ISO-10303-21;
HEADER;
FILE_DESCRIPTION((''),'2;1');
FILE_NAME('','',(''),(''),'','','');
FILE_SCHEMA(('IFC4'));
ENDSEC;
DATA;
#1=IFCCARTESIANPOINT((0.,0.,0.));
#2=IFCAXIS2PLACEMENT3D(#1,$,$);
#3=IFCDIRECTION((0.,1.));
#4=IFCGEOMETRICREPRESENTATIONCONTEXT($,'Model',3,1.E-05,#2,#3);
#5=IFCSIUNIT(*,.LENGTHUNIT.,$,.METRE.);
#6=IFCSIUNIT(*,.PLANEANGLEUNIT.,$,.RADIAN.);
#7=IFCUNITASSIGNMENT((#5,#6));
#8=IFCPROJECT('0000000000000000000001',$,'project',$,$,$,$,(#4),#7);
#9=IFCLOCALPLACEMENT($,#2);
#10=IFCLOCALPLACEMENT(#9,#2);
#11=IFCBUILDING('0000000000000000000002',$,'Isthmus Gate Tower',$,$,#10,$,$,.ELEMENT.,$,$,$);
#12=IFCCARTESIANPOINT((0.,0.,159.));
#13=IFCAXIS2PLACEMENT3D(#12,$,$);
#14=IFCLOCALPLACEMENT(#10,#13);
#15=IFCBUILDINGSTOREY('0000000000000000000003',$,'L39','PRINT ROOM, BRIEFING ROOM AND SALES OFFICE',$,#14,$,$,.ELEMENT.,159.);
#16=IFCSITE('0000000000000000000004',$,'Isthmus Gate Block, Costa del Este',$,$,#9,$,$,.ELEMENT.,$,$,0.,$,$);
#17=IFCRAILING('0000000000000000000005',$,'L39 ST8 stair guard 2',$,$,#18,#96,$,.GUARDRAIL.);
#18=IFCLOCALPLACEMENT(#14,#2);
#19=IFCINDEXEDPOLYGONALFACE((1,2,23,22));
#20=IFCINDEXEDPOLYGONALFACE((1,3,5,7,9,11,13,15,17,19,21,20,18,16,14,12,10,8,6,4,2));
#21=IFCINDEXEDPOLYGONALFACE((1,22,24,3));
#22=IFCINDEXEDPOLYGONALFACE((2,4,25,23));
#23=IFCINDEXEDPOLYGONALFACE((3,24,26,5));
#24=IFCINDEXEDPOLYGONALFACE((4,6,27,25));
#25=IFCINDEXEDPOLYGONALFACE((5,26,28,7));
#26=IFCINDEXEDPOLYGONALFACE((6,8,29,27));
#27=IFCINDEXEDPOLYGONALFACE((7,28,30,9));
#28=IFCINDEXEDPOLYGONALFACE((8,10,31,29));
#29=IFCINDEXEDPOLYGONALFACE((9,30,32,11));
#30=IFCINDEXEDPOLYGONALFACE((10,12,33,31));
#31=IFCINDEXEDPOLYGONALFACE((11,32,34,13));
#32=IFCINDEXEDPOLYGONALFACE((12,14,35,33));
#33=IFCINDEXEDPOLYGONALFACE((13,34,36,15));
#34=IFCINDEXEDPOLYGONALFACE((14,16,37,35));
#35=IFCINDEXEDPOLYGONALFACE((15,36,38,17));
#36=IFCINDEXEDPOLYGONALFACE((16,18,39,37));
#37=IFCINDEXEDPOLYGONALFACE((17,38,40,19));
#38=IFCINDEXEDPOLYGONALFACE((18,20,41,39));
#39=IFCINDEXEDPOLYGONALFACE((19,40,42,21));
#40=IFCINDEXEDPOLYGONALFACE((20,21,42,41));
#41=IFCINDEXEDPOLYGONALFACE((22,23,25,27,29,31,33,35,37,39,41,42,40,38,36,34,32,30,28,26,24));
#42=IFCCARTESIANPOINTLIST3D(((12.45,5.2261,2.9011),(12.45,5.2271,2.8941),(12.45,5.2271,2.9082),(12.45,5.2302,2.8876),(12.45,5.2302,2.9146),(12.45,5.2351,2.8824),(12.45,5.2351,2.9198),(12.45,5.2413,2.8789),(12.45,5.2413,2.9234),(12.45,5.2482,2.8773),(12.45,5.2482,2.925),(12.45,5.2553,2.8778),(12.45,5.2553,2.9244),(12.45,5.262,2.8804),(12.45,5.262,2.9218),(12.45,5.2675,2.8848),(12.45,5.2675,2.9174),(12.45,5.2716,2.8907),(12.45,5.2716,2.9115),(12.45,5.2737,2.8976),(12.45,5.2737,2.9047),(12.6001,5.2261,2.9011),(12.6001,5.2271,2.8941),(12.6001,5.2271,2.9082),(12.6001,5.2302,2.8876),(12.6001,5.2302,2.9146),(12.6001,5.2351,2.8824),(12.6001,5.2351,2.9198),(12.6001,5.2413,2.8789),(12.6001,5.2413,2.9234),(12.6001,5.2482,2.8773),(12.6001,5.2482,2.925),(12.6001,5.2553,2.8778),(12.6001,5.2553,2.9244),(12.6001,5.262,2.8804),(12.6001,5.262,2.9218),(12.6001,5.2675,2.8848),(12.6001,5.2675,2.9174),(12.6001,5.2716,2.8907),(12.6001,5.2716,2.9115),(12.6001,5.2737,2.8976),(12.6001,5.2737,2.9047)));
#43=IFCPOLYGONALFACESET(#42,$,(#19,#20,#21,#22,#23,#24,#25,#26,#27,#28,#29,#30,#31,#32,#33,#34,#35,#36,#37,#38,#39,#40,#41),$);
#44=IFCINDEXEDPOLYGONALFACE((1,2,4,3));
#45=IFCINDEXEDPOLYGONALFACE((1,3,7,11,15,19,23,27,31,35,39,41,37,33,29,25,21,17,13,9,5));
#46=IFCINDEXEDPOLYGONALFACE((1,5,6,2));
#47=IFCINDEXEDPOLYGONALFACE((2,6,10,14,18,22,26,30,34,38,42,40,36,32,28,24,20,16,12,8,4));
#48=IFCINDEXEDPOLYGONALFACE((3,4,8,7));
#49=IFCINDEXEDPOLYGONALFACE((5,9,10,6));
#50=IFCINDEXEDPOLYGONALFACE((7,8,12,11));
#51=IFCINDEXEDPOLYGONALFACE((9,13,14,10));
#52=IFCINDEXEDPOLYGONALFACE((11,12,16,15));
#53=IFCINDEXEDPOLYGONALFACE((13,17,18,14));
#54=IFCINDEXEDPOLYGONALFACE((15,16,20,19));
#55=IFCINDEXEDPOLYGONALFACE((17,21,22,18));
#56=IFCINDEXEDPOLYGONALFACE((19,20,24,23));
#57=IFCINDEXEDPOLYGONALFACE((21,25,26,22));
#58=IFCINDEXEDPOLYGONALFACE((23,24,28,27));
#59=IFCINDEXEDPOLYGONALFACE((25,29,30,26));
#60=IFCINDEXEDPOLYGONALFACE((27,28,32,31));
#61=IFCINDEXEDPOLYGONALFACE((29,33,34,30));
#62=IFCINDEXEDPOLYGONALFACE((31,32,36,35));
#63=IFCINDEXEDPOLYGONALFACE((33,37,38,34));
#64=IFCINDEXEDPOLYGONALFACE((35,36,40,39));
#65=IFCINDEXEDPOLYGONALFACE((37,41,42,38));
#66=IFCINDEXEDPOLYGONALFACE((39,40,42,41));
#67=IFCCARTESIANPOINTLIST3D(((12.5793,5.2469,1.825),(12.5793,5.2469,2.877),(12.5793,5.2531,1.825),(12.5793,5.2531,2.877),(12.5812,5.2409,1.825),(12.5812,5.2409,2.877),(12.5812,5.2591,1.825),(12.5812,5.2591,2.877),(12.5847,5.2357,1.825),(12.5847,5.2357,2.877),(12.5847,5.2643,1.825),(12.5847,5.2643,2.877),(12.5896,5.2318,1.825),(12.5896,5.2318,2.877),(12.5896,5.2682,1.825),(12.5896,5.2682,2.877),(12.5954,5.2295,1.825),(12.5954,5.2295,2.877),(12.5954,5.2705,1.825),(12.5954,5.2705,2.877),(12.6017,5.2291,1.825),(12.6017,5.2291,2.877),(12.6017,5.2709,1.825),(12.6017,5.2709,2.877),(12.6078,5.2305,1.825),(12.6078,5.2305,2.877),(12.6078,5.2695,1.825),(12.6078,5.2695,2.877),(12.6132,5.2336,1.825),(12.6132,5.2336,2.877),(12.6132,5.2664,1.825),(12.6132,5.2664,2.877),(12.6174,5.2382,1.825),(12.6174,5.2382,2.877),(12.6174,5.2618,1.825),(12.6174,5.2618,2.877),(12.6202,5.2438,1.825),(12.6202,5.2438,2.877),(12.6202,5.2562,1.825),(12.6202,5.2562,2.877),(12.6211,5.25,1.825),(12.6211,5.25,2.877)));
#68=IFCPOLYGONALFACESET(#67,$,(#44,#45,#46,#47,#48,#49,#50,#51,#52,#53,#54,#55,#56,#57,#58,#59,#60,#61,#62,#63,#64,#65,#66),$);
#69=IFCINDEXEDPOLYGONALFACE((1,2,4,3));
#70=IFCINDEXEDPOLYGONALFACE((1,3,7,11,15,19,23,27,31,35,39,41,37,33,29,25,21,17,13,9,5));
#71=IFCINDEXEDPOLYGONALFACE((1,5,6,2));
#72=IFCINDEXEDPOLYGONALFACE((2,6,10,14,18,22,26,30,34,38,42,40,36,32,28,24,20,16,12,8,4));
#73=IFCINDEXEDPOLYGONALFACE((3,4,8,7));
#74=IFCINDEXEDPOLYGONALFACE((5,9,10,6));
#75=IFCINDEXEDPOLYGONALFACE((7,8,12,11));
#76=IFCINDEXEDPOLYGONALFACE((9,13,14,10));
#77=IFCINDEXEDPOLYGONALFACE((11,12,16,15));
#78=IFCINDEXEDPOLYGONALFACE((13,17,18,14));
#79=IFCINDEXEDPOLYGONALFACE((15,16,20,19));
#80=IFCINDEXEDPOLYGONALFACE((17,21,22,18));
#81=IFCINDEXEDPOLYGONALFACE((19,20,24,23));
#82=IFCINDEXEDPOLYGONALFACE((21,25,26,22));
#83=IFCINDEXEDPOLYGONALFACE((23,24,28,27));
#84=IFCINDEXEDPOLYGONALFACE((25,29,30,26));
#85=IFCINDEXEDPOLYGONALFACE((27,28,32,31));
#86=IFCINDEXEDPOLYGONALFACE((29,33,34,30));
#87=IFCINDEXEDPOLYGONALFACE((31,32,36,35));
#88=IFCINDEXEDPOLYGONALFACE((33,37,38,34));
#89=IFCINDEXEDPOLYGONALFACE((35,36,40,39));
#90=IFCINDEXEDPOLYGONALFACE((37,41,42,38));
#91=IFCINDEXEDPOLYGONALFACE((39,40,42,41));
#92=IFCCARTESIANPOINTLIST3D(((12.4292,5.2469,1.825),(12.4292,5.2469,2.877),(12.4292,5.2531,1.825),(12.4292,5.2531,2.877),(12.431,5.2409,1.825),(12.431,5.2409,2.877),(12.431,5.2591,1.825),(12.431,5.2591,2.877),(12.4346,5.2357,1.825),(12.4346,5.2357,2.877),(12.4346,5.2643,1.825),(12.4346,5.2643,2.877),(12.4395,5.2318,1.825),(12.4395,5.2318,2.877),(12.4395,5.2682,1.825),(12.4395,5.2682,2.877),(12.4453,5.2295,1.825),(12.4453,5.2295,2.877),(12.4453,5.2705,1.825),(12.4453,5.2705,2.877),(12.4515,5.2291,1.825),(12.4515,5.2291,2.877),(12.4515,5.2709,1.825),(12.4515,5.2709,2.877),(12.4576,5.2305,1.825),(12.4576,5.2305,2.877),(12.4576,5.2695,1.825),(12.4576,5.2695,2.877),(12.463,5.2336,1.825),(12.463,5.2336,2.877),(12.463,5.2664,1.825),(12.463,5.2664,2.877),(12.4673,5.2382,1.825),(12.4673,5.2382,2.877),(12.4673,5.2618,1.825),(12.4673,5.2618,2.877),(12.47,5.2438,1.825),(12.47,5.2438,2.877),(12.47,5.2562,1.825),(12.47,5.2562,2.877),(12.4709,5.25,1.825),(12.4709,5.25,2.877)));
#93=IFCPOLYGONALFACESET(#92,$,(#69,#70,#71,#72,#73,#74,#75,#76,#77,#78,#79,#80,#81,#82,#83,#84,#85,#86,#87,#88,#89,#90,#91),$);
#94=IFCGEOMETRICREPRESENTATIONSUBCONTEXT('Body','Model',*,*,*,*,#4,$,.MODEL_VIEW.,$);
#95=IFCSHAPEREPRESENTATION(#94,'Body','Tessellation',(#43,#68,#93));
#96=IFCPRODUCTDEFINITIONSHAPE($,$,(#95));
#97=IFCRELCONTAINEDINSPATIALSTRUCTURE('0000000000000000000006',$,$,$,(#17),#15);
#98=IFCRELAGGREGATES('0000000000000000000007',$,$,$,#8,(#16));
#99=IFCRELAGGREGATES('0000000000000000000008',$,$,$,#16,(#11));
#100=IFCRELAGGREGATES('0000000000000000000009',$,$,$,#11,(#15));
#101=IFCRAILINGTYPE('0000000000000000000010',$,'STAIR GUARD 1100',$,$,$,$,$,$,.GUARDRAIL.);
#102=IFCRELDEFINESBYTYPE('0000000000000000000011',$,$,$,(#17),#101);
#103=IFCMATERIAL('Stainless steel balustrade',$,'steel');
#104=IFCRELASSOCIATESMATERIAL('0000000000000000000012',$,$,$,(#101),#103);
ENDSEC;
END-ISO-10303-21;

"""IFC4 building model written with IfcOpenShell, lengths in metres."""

from ifc_helpers import new_model, si_unit, direction, frame, origin, origin_2d, place, context, subcontext, project, spatial, circle, extrude, material, type_object, element, save


model = new_model("IFC4")

# Units and contexts
model_context = context("Model", 3, precision=1e-05, world=origin(), true_north=direction((0.0, 1.0)))
body_context = subcontext(model_context, "Body", "Model", "MODEL_VIEW")
ifc_project = project(units=[si_unit("LENGTHUNIT", "METRE"), si_unit("PLANEANGLEUNIT", "RADIAN")], contexts=[model_context])

# Site, building, storey
site_placement = place(None, origin())
site = spatial("IfcSite", under=ifc_project, at=site_placement, Name="Isthmus Gate Block, Costa del Este", CompositionType="ELEMENT", RefElevation=0.0)
building_placement = place(site_placement, origin())
building = spatial("IfcBuilding", under=site, at=building_placement, Name="Isthmus Gate Tower", CompositionType="ELEMENT")
storey_placement = place(building_placement, frame((0.0, 0.0, 159.0)))
storey = spatial("IfcBuildingStorey", under=building, at=storey_placement, Name="L39", Description="PRINT ROOM, BRIEFING ROOM AND SALES OFFICE", CompositionType="ELEMENT", Elevation=159.0)

# Railing
ifc_material_1 = material(Name="Stainless steel balustrade", Category="steel")
railing_type_1 = type_object("IfcRailingType", Name="STAIR GUARD 1100", PredefinedType="GUARDRAIL", material=ifc_material_1)
railing_1_placement = place(storey_placement, frame((12.6001, 5.25, 1.825)))
element("IfcRailing", 1, at=railing_1_placement, inside=storey, type_object=railing_type_1, Name="L39 ST8 stair guard 2", PredefinedType="GUARDRAIL", context=body_context, shape_type="SweptSolid", body=[
    extrude(circle(Radius=0.0239, at=origin_2d()), frame((0.0, 0.0, 1.0762), z_axis=(-1.0, 0.0, 0.0), x_axis=(0.0, -1.0, 0.0)), (0.0, 0.0, 1.0), 0.1501),
    extrude(circle(Radius=0.021, at=origin_2d()), origin(), (0.0, 0.0, 1.0), 1.052),
    extrude(circle(Radius=0.021, at=origin_2d()), frame((-0.1501, 0.0, 0.0)), (0.0, 0.0, 1.0), 1.052),
])

save(model, "model.ifc")
